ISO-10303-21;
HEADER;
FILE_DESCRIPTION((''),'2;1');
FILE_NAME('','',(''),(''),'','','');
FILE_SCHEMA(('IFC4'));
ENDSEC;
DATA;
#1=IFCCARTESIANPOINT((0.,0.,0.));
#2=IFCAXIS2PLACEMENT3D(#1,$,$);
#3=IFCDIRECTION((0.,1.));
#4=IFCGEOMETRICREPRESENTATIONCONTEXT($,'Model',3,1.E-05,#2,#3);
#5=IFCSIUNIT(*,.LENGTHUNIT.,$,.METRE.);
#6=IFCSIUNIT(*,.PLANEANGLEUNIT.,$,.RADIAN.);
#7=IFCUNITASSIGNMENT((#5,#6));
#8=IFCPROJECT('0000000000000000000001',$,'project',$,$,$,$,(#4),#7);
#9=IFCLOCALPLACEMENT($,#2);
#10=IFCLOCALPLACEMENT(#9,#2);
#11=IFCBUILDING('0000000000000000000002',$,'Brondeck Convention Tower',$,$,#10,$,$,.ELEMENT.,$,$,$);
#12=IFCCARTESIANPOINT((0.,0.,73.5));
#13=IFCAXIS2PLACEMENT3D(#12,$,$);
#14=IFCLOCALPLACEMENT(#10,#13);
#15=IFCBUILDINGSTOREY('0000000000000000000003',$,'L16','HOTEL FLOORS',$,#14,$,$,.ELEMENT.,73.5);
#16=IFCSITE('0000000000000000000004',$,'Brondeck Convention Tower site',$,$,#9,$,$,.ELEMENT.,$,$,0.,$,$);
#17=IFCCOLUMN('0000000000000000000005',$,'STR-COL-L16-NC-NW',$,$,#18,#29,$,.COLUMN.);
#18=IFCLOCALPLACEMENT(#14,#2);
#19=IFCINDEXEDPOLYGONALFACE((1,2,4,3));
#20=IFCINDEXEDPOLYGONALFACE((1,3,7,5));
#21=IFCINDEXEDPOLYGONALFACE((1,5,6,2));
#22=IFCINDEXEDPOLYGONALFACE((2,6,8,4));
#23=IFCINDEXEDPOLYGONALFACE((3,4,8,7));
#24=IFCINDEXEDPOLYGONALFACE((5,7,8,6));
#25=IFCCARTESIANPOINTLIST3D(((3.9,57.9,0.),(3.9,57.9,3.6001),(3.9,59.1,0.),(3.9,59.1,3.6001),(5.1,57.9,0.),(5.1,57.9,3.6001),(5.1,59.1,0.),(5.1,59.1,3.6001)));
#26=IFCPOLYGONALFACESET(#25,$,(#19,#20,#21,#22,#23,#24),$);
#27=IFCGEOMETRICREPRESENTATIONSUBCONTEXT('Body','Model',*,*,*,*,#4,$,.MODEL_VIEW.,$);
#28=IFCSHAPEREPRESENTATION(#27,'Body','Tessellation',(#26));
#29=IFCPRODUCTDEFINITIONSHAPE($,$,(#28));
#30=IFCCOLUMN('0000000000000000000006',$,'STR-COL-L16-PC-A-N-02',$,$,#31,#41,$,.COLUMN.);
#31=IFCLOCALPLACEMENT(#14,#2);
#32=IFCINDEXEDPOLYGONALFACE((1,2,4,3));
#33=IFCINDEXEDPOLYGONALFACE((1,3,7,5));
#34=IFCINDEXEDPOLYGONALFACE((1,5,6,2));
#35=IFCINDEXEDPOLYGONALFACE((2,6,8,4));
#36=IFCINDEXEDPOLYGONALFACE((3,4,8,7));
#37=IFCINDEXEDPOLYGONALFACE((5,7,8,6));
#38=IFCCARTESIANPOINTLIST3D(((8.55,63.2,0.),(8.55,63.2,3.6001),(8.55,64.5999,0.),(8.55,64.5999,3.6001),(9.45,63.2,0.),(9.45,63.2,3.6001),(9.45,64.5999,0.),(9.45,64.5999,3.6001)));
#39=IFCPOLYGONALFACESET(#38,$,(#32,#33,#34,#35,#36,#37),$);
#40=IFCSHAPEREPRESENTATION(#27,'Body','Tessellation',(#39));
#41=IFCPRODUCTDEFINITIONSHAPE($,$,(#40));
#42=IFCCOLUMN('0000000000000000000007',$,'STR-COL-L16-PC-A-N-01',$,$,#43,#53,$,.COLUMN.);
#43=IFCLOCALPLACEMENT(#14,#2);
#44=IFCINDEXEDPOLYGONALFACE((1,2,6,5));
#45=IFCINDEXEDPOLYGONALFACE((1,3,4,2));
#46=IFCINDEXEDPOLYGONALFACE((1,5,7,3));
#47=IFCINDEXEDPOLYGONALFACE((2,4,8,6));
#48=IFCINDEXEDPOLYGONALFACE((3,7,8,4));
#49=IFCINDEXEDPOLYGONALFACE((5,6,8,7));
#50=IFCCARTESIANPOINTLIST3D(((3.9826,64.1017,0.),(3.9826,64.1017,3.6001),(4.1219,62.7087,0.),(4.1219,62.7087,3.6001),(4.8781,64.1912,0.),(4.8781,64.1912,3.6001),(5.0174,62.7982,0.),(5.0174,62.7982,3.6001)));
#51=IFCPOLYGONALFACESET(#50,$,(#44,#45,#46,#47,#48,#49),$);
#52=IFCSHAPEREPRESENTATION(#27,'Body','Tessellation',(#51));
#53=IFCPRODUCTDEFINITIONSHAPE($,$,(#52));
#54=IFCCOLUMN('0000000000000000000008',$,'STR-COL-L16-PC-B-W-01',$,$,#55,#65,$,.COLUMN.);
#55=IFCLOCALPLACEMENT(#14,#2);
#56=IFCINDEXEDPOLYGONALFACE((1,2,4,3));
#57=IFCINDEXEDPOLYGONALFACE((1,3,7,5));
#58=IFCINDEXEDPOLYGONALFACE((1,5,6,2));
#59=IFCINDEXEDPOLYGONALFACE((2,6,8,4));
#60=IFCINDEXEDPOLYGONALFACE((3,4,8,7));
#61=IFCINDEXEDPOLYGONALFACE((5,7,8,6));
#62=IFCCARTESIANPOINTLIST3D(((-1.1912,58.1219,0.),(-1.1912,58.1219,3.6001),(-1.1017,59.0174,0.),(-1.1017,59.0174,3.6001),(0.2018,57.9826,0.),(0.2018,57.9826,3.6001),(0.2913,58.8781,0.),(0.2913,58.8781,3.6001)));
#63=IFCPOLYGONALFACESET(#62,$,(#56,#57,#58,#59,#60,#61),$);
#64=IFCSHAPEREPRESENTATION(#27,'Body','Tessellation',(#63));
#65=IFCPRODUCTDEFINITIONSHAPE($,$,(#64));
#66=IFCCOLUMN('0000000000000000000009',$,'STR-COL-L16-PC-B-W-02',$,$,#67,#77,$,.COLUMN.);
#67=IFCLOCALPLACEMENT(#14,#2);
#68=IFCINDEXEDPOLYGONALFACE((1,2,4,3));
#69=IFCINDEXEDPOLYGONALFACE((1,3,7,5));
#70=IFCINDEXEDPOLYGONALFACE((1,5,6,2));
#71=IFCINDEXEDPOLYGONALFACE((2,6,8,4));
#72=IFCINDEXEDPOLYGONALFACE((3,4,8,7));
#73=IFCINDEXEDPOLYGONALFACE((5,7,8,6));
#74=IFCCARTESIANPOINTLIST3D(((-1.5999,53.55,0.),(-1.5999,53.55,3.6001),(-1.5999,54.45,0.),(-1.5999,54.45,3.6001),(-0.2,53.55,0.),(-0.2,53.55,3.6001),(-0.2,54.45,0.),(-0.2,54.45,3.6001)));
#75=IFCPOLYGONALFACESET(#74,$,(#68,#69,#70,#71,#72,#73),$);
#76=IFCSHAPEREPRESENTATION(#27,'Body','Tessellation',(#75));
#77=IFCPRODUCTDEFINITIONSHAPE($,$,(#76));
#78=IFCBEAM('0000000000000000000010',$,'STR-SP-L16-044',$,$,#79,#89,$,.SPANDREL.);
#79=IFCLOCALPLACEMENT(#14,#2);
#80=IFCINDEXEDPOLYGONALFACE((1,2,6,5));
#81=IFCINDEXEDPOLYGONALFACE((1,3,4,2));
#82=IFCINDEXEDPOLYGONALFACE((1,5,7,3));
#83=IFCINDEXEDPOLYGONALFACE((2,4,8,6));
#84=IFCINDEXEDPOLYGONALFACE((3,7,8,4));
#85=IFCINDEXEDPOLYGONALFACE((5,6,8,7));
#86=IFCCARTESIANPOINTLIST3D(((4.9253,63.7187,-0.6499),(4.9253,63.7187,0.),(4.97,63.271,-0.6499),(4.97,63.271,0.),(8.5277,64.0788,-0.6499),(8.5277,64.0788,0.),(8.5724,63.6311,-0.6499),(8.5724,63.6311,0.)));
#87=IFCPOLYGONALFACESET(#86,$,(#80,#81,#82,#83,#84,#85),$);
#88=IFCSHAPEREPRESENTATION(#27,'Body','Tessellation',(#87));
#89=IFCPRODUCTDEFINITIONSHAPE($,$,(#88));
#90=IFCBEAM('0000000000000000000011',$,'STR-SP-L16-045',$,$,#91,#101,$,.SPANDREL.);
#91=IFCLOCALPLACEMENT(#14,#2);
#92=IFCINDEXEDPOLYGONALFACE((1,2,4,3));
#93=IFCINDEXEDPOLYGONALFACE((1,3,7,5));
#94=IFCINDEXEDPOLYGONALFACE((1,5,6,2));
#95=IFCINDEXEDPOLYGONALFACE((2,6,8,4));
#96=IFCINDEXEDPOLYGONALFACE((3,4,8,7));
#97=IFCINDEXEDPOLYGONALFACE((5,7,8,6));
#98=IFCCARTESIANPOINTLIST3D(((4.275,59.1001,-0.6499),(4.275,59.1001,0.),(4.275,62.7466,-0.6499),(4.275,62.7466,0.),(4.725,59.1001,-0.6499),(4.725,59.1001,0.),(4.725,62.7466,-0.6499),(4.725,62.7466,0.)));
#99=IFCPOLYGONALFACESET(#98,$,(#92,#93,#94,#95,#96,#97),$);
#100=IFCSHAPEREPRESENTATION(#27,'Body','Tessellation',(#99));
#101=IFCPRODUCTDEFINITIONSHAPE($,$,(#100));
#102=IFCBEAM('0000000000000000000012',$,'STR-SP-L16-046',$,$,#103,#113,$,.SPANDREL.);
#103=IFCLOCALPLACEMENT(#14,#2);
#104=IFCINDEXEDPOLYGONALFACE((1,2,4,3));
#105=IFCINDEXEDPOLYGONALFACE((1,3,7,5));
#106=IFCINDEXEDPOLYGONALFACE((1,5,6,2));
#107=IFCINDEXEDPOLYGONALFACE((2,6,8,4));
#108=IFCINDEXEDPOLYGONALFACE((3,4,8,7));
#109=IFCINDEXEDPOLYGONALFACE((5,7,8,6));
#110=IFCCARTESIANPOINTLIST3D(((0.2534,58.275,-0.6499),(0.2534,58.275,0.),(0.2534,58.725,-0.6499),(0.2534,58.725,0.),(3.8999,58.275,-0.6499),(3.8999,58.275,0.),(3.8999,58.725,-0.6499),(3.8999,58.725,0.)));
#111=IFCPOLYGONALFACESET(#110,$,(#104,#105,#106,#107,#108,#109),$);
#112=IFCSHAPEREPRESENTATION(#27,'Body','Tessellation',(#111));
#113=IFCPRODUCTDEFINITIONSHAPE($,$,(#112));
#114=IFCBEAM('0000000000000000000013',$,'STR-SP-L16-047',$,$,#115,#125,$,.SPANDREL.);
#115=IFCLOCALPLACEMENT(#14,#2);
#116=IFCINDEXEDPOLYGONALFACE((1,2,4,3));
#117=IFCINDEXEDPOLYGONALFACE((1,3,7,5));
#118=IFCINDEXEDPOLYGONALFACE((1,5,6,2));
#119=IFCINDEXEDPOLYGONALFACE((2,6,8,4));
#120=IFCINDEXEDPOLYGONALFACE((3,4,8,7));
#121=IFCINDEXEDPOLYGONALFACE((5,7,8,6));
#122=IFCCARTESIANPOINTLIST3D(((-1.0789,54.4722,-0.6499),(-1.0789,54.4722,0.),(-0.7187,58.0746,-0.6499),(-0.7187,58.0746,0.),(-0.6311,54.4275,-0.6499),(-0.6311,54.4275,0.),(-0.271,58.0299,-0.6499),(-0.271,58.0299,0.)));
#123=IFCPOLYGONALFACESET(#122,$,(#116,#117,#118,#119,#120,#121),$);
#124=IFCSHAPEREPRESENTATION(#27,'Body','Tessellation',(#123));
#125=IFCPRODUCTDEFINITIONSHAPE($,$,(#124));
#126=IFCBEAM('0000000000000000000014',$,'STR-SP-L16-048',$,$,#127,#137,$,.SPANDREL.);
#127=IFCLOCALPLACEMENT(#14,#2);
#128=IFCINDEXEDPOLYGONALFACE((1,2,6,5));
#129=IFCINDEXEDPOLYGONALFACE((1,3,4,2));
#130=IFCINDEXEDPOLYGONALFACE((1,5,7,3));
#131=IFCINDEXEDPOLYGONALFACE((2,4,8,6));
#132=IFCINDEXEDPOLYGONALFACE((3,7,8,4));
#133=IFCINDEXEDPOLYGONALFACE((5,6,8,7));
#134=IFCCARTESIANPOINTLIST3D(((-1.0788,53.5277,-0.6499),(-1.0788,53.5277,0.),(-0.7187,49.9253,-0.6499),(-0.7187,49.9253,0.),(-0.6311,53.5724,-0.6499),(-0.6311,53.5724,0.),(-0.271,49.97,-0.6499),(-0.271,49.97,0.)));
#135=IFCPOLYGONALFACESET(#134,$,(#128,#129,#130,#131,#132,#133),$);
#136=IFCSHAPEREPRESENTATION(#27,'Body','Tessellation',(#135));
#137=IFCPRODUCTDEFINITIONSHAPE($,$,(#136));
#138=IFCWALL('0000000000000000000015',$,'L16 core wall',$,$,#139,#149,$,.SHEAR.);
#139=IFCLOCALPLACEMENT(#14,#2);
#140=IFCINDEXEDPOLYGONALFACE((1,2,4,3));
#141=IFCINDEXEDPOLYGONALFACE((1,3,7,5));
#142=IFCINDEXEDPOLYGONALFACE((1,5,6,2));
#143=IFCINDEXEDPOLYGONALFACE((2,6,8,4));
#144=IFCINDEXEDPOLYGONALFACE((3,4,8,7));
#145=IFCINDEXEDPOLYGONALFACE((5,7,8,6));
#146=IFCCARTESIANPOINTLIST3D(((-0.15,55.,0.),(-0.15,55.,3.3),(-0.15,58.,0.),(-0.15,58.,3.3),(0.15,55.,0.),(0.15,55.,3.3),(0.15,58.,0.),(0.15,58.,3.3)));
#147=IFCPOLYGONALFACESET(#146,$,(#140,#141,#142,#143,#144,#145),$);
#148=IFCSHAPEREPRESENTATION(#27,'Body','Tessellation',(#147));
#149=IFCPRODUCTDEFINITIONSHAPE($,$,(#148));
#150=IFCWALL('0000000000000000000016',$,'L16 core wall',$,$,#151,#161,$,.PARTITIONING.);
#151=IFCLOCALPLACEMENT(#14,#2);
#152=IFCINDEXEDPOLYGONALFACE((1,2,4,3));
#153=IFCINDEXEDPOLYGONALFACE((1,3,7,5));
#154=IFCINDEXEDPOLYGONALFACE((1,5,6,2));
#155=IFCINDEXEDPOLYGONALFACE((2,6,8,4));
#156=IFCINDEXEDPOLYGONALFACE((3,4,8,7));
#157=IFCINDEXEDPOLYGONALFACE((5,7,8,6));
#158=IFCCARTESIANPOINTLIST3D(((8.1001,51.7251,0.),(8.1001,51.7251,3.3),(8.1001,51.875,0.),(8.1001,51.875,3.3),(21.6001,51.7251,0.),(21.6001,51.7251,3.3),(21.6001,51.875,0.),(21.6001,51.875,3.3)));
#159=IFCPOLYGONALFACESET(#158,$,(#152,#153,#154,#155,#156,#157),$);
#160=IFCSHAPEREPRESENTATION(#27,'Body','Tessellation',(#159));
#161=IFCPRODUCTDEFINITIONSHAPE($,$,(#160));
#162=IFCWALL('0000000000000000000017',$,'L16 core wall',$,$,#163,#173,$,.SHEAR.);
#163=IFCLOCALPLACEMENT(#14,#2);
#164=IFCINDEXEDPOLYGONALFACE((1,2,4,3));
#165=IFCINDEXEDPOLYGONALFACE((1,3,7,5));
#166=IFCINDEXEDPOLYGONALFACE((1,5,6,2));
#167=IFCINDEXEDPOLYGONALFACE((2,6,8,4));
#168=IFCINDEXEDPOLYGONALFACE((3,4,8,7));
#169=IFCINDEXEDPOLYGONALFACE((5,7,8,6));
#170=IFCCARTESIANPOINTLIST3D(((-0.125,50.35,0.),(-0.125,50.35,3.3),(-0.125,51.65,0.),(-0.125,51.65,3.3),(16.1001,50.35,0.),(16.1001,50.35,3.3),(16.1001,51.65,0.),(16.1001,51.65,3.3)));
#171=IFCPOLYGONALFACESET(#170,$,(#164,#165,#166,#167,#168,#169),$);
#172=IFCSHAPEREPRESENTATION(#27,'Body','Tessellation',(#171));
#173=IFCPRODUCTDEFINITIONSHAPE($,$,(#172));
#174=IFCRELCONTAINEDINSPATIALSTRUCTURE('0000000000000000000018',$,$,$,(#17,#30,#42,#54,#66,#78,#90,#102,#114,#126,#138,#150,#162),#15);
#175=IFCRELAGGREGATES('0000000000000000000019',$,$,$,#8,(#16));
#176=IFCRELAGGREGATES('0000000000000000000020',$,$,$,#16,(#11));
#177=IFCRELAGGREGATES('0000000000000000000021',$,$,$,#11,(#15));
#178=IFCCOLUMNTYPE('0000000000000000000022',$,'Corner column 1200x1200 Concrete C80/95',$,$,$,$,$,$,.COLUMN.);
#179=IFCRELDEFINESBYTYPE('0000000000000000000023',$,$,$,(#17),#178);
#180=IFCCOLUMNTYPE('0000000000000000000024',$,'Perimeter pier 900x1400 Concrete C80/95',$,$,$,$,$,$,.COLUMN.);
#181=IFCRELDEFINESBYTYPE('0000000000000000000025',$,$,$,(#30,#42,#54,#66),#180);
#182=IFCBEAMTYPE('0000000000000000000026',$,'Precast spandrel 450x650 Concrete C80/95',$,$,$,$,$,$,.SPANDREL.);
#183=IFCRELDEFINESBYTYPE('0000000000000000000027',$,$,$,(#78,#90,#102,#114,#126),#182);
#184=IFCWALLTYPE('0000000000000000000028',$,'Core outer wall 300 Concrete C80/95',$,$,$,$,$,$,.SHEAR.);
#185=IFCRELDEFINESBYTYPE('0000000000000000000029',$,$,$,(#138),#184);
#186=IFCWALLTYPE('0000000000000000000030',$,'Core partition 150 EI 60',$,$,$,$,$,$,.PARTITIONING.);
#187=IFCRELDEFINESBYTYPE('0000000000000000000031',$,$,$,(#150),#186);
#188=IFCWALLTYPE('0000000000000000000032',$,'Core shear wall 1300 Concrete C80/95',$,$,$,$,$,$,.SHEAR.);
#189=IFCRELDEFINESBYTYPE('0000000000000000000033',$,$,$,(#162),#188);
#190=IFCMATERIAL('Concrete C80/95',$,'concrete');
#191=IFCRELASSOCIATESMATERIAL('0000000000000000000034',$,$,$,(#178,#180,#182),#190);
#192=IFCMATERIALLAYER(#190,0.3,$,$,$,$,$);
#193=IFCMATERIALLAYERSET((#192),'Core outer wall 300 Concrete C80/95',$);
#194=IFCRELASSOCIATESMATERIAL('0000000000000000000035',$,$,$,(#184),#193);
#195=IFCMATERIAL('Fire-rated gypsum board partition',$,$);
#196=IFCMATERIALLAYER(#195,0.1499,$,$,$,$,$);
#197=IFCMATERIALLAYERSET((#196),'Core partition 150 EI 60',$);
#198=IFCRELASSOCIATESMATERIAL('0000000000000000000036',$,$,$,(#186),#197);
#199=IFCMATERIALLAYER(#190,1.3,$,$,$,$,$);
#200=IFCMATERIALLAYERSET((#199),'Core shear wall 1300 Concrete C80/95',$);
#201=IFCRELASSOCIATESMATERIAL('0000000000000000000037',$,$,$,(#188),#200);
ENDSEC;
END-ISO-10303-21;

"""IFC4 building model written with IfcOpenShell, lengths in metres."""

from ifc_helpers import new_model, si_unit, direction, frame, frame_2d, origin, origin_2d, place, context, subcontext, project, spatial, rectangle, extrude, material, layer, layer_set, material_profile, profile_set, type_object, element, save


model = new_model("IFC4")

# Units and contexts
model_context = context("Model", 3, precision=1e-05, world=origin(), true_north=direction((0.0, 1.0)))
body_context = subcontext(model_context, "Body", "Model", "MODEL_VIEW")
ifc_project = project(units=[si_unit("LENGTHUNIT", "METRE"), si_unit("PLANEANGLEUNIT", "RADIAN")], contexts=[model_context])

# Site, building, storey
site_placement = place(None, origin())
site = spatial("IfcSite", under=ifc_project, at=site_placement, Name="Brondeck Convention Tower site", CompositionType="ELEMENT", RefElevation=0.0)
building_placement = place(site_placement, origin())
building = spatial("IfcBuilding", under=site, at=building_placement, Name="Brondeck Convention Tower", CompositionType="ELEMENT")
storey_placement = place(building_placement, frame((0.0, 0.0, 73.5)))
storey = spatial("IfcBuildingStorey", under=building, at=storey_placement, Name="L16", Description="HOTEL FLOORS", CompositionType="ELEMENT", Elevation=73.5)

# Columns
ifc_material_1 = material(Name="Concrete C80/95", Category="concrete")
ifc_material_profile_1 = material_profile(ifc_material_1, rectangle(XDim=1.2, YDim=1.2, at=origin_2d()), Name="Corner column 1200x1200 Concrete C80/95")
ifc_profile_set_1 = profile_set([ifc_material_profile_1], Name="Concrete C80/95")
column_type_1 = type_object("IfcColumnType", Name="Corner column 1200x1200 Concrete C80/95", PredefinedType="COLUMN", material=ifc_profile_set_1)
column_placement = place(storey_placement, frame((4.5, 58.5, 0.0), z_axis=(0.0, 0.0, 1.0), x_axis=(1.0, 0.0, 0.0)))
element("IfcColumn", 1, at=column_placement, inside=storey, type_object=column_type_1, Name="STR-COL-L16-NC-NW", PredefinedType="COLUMN", context=body_context, shape_type="SweptSolid", body=[
    extrude(rectangle(XDim=1.2, YDim=1.2, at=origin_2d()), origin(), (0.0, 0.0, 1.0), 3.6001),
])
ifc_material_profile_2 = material_profile(ifc_material_1, rectangle(XDim=0.8999, YDim=1.3999, at=origin_2d()), Name="Perimeter pier 900x1400 Concrete C80/95")
ifc_profile_set_2 = profile_set([ifc_material_profile_2], Name="Concrete C80/95")
column_type_2 = type_object("IfcColumnType", Name="Perimeter pier 900x1400 Concrete C80/95", PredefinedType="COLUMN", material=ifc_profile_set_2)
for number, where, z_axis, x_axis, name in (
    (2, (9.0, 63.8999, 0.0), (0.0, 0.0, 1.0), (-1.0, 0.0, 0.0), "STR-COL-L16-PC-A-N-02"),
    (3, (4.5, 63.45, 0.0), (0.0, 0.0, 1.0), (-0.995037, -0.099504, 0.0), "STR-COL-L16-PC-A-N-01"),
    (4, (-0.45, 58.5, 0.0), (0.0, 0.0, 1.0), (-0.099504, -0.995037, 0.0), "STR-COL-L16-PC-B-W-01"),
    (5, (-0.8999, 54.0, 0.0), (0.0, 0.0, 1.0), (0.0, -1.0, 0.0), "STR-COL-L16-PC-B-W-02"),
):
    element("IfcColumn", number, at=place(storey_placement, frame(where, z_axis=z_axis, x_axis=x_axis)), inside=storey, type_object=column_type_2, Name=name, PredefinedType="COLUMN", context=body_context, shape_type="SweptSolid", body=[
        extrude(rectangle(XDim=0.8999, YDim=1.3999, at=origin_2d()), origin(), (0.0, 0.0, 1.0), 3.6001),
    ])

# Beams
ifc_material_profile_3 = material_profile(ifc_material_1, rectangle(XDim=0.45, YDim=0.6499, at=origin_2d()), Name="Precast spandrel 450x650 Concrete C80/95")
ifc_profile_set_3 = profile_set([ifc_material_profile_3], Name="Concrete C80/95")
beam_type = type_object("IfcBeamType", Name="Precast spandrel 450x650 Concrete C80/95", PredefinedType="SPANDREL", material=ifc_profile_set_3)
beam_placement = place(storey_placement, frame((8.55, 63.855, -0.325), z_axis=(-0.995041, -0.09947, 0.0), x_axis=(0.09947, -0.995041, 0.0)))
element("IfcBeam", 6, at=beam_placement, inside=storey, type_object=beam_type, Name="STR-SP-L16-044", PredefinedType="SPANDREL", context=body_context, shape_type="SweptSolid", body=[
    extrude(rectangle(XDim=0.45, YDim=0.6499, at=origin_2d()), origin(), (0.0, 0.0, 1.0), 3.6204),
])
for number, where, z_axis, x_axis, name in (
    (7, (4.5, 62.7466, -0.325), (0.0, -1.0, 0.0), (1.0, 0.0, 0.0), "STR-SP-L16-045"),
    (8, (3.8999, 58.5, -0.325), (-1.0, 0.0, 0.0), (0.0, -1.0, 0.0), "STR-SP-L16-046"),
):
    element("IfcBeam", number, at=place(storey_placement, frame(where, z_axis=z_axis, x_axis=x_axis)), inside=storey, type_object=beam_type, Name=name, PredefinedType="SPANDREL", context=body_context, shape_type="SweptSolid", body=[
        extrude(rectangle(XDim=0.45, YDim=0.6499, at=origin_2d()), origin(), (0.0, 0.0, 1.0), 3.6465),
    ])
for number, where, z_axis, x_axis, name in (
    (9, (-0.4949, 58.0522, -0.325), (-0.09947, -0.995041, 0.0), (0.995041, -0.09947, 0.0), "STR-SP-L16-047"),
    (10, (-0.855, 53.55, -0.325), (0.09947, -0.995041, 0.0), (0.995041, 0.09947, 0.0), "STR-SP-L16-048"),
):
    element("IfcBeam", number, at=place(storey_placement, frame(where, z_axis=z_axis, x_axis=x_axis)), inside=storey, type_object=beam_type, Name=name, PredefinedType="SPANDREL", context=body_context, shape_type="SweptSolid", body=[
        extrude(rectangle(XDim=0.45, YDim=0.6499, at=origin_2d()), origin(), (0.0, 0.0, 1.0), 3.6204),
    ])

# Walls
ifc_layer_1 = layer(ifc_material_1, 0.3)
ifc_layer_set_1 = layer_set([ifc_layer_1], Name="Core outer wall 300 Concrete C80/95")
wall_type_1 = type_object("IfcWallType", Name="Core outer wall 300 Concrete C80/95", PredefinedType="SHEAR", material=ifc_layer_set_1)
wall_1_placement = place(storey_placement, frame((0.0, 55.0, 0.0), z_axis=(0.0, 0.0, 1.0), x_axis=(0.0, 1.0, 0.0)))
element("IfcWall", 11, at=wall_1_placement, inside=storey, type_object=wall_type_1, Name="L16 core wall", PredefinedType="SHEAR", context=body_context, shape_type="SweptSolid", body=[
    extrude(rectangle(XDim=3.0, YDim=0.3, at=frame_2d((1.5, 0.0))), origin(), (0.0, 0.0, 1.0), 3.3),
])
ifc_material_2 = material(Name="Fire-rated gypsum board partition")
ifc_layer_2 = layer(ifc_material_2, 0.1499)
ifc_layer_set_2 = layer_set([ifc_layer_2], Name="Core partition 150 EI 60")
wall_type_2 = type_object("IfcWallType", Name="Core partition 150 EI 60", PredefinedType="PARTITIONING", material=ifc_layer_set_2)
wall_2_placement = place(storey_placement, frame((8.1001, 51.8, 0.0), z_axis=(0.0, 0.0, 1.0), x_axis=(1.0, 0.0, 0.0)))
element("IfcWall", 12, at=wall_2_placement, inside=storey, type_object=wall_type_2, Name="L16 core wall", PredefinedType="PARTITIONING", context=body_context, shape_type="SweptSolid", body=[
    extrude(rectangle(XDim=13.5, YDim=0.1499, at=frame_2d((6.75, 0.0))), origin(), (0.0, 0.0, 1.0), 3.3),
])
ifc_layer_3 = layer(ifc_material_1, 1.3)
ifc_layer_set_3 = layer_set([ifc_layer_3], Name="Core shear wall 1300 Concrete C80/95")
wall_type_3 = type_object("IfcWallType", Name="Core shear wall 1300 Concrete C80/95", PredefinedType="SHEAR", material=ifc_layer_set_3)
wall_3_placement = place(storey_placement, frame((-0.125, 51.0, 0.0), z_axis=(0.0, 0.0, 1.0), x_axis=(1.0, 0.0, 0.0)))
element("IfcWall", 13, at=wall_3_placement, inside=storey, type_object=wall_type_3, Name="L16 core wall", PredefinedType="SHEAR", context=body_context, shape_type="SweptSolid", body=[
    extrude(rectangle(XDim=16.2251, YDim=1.3, at=frame_2d((8.1125, 0.0))), origin(), (0.0, 0.0, 1.0), 3.3),
])

save(model, "model.ifc")
